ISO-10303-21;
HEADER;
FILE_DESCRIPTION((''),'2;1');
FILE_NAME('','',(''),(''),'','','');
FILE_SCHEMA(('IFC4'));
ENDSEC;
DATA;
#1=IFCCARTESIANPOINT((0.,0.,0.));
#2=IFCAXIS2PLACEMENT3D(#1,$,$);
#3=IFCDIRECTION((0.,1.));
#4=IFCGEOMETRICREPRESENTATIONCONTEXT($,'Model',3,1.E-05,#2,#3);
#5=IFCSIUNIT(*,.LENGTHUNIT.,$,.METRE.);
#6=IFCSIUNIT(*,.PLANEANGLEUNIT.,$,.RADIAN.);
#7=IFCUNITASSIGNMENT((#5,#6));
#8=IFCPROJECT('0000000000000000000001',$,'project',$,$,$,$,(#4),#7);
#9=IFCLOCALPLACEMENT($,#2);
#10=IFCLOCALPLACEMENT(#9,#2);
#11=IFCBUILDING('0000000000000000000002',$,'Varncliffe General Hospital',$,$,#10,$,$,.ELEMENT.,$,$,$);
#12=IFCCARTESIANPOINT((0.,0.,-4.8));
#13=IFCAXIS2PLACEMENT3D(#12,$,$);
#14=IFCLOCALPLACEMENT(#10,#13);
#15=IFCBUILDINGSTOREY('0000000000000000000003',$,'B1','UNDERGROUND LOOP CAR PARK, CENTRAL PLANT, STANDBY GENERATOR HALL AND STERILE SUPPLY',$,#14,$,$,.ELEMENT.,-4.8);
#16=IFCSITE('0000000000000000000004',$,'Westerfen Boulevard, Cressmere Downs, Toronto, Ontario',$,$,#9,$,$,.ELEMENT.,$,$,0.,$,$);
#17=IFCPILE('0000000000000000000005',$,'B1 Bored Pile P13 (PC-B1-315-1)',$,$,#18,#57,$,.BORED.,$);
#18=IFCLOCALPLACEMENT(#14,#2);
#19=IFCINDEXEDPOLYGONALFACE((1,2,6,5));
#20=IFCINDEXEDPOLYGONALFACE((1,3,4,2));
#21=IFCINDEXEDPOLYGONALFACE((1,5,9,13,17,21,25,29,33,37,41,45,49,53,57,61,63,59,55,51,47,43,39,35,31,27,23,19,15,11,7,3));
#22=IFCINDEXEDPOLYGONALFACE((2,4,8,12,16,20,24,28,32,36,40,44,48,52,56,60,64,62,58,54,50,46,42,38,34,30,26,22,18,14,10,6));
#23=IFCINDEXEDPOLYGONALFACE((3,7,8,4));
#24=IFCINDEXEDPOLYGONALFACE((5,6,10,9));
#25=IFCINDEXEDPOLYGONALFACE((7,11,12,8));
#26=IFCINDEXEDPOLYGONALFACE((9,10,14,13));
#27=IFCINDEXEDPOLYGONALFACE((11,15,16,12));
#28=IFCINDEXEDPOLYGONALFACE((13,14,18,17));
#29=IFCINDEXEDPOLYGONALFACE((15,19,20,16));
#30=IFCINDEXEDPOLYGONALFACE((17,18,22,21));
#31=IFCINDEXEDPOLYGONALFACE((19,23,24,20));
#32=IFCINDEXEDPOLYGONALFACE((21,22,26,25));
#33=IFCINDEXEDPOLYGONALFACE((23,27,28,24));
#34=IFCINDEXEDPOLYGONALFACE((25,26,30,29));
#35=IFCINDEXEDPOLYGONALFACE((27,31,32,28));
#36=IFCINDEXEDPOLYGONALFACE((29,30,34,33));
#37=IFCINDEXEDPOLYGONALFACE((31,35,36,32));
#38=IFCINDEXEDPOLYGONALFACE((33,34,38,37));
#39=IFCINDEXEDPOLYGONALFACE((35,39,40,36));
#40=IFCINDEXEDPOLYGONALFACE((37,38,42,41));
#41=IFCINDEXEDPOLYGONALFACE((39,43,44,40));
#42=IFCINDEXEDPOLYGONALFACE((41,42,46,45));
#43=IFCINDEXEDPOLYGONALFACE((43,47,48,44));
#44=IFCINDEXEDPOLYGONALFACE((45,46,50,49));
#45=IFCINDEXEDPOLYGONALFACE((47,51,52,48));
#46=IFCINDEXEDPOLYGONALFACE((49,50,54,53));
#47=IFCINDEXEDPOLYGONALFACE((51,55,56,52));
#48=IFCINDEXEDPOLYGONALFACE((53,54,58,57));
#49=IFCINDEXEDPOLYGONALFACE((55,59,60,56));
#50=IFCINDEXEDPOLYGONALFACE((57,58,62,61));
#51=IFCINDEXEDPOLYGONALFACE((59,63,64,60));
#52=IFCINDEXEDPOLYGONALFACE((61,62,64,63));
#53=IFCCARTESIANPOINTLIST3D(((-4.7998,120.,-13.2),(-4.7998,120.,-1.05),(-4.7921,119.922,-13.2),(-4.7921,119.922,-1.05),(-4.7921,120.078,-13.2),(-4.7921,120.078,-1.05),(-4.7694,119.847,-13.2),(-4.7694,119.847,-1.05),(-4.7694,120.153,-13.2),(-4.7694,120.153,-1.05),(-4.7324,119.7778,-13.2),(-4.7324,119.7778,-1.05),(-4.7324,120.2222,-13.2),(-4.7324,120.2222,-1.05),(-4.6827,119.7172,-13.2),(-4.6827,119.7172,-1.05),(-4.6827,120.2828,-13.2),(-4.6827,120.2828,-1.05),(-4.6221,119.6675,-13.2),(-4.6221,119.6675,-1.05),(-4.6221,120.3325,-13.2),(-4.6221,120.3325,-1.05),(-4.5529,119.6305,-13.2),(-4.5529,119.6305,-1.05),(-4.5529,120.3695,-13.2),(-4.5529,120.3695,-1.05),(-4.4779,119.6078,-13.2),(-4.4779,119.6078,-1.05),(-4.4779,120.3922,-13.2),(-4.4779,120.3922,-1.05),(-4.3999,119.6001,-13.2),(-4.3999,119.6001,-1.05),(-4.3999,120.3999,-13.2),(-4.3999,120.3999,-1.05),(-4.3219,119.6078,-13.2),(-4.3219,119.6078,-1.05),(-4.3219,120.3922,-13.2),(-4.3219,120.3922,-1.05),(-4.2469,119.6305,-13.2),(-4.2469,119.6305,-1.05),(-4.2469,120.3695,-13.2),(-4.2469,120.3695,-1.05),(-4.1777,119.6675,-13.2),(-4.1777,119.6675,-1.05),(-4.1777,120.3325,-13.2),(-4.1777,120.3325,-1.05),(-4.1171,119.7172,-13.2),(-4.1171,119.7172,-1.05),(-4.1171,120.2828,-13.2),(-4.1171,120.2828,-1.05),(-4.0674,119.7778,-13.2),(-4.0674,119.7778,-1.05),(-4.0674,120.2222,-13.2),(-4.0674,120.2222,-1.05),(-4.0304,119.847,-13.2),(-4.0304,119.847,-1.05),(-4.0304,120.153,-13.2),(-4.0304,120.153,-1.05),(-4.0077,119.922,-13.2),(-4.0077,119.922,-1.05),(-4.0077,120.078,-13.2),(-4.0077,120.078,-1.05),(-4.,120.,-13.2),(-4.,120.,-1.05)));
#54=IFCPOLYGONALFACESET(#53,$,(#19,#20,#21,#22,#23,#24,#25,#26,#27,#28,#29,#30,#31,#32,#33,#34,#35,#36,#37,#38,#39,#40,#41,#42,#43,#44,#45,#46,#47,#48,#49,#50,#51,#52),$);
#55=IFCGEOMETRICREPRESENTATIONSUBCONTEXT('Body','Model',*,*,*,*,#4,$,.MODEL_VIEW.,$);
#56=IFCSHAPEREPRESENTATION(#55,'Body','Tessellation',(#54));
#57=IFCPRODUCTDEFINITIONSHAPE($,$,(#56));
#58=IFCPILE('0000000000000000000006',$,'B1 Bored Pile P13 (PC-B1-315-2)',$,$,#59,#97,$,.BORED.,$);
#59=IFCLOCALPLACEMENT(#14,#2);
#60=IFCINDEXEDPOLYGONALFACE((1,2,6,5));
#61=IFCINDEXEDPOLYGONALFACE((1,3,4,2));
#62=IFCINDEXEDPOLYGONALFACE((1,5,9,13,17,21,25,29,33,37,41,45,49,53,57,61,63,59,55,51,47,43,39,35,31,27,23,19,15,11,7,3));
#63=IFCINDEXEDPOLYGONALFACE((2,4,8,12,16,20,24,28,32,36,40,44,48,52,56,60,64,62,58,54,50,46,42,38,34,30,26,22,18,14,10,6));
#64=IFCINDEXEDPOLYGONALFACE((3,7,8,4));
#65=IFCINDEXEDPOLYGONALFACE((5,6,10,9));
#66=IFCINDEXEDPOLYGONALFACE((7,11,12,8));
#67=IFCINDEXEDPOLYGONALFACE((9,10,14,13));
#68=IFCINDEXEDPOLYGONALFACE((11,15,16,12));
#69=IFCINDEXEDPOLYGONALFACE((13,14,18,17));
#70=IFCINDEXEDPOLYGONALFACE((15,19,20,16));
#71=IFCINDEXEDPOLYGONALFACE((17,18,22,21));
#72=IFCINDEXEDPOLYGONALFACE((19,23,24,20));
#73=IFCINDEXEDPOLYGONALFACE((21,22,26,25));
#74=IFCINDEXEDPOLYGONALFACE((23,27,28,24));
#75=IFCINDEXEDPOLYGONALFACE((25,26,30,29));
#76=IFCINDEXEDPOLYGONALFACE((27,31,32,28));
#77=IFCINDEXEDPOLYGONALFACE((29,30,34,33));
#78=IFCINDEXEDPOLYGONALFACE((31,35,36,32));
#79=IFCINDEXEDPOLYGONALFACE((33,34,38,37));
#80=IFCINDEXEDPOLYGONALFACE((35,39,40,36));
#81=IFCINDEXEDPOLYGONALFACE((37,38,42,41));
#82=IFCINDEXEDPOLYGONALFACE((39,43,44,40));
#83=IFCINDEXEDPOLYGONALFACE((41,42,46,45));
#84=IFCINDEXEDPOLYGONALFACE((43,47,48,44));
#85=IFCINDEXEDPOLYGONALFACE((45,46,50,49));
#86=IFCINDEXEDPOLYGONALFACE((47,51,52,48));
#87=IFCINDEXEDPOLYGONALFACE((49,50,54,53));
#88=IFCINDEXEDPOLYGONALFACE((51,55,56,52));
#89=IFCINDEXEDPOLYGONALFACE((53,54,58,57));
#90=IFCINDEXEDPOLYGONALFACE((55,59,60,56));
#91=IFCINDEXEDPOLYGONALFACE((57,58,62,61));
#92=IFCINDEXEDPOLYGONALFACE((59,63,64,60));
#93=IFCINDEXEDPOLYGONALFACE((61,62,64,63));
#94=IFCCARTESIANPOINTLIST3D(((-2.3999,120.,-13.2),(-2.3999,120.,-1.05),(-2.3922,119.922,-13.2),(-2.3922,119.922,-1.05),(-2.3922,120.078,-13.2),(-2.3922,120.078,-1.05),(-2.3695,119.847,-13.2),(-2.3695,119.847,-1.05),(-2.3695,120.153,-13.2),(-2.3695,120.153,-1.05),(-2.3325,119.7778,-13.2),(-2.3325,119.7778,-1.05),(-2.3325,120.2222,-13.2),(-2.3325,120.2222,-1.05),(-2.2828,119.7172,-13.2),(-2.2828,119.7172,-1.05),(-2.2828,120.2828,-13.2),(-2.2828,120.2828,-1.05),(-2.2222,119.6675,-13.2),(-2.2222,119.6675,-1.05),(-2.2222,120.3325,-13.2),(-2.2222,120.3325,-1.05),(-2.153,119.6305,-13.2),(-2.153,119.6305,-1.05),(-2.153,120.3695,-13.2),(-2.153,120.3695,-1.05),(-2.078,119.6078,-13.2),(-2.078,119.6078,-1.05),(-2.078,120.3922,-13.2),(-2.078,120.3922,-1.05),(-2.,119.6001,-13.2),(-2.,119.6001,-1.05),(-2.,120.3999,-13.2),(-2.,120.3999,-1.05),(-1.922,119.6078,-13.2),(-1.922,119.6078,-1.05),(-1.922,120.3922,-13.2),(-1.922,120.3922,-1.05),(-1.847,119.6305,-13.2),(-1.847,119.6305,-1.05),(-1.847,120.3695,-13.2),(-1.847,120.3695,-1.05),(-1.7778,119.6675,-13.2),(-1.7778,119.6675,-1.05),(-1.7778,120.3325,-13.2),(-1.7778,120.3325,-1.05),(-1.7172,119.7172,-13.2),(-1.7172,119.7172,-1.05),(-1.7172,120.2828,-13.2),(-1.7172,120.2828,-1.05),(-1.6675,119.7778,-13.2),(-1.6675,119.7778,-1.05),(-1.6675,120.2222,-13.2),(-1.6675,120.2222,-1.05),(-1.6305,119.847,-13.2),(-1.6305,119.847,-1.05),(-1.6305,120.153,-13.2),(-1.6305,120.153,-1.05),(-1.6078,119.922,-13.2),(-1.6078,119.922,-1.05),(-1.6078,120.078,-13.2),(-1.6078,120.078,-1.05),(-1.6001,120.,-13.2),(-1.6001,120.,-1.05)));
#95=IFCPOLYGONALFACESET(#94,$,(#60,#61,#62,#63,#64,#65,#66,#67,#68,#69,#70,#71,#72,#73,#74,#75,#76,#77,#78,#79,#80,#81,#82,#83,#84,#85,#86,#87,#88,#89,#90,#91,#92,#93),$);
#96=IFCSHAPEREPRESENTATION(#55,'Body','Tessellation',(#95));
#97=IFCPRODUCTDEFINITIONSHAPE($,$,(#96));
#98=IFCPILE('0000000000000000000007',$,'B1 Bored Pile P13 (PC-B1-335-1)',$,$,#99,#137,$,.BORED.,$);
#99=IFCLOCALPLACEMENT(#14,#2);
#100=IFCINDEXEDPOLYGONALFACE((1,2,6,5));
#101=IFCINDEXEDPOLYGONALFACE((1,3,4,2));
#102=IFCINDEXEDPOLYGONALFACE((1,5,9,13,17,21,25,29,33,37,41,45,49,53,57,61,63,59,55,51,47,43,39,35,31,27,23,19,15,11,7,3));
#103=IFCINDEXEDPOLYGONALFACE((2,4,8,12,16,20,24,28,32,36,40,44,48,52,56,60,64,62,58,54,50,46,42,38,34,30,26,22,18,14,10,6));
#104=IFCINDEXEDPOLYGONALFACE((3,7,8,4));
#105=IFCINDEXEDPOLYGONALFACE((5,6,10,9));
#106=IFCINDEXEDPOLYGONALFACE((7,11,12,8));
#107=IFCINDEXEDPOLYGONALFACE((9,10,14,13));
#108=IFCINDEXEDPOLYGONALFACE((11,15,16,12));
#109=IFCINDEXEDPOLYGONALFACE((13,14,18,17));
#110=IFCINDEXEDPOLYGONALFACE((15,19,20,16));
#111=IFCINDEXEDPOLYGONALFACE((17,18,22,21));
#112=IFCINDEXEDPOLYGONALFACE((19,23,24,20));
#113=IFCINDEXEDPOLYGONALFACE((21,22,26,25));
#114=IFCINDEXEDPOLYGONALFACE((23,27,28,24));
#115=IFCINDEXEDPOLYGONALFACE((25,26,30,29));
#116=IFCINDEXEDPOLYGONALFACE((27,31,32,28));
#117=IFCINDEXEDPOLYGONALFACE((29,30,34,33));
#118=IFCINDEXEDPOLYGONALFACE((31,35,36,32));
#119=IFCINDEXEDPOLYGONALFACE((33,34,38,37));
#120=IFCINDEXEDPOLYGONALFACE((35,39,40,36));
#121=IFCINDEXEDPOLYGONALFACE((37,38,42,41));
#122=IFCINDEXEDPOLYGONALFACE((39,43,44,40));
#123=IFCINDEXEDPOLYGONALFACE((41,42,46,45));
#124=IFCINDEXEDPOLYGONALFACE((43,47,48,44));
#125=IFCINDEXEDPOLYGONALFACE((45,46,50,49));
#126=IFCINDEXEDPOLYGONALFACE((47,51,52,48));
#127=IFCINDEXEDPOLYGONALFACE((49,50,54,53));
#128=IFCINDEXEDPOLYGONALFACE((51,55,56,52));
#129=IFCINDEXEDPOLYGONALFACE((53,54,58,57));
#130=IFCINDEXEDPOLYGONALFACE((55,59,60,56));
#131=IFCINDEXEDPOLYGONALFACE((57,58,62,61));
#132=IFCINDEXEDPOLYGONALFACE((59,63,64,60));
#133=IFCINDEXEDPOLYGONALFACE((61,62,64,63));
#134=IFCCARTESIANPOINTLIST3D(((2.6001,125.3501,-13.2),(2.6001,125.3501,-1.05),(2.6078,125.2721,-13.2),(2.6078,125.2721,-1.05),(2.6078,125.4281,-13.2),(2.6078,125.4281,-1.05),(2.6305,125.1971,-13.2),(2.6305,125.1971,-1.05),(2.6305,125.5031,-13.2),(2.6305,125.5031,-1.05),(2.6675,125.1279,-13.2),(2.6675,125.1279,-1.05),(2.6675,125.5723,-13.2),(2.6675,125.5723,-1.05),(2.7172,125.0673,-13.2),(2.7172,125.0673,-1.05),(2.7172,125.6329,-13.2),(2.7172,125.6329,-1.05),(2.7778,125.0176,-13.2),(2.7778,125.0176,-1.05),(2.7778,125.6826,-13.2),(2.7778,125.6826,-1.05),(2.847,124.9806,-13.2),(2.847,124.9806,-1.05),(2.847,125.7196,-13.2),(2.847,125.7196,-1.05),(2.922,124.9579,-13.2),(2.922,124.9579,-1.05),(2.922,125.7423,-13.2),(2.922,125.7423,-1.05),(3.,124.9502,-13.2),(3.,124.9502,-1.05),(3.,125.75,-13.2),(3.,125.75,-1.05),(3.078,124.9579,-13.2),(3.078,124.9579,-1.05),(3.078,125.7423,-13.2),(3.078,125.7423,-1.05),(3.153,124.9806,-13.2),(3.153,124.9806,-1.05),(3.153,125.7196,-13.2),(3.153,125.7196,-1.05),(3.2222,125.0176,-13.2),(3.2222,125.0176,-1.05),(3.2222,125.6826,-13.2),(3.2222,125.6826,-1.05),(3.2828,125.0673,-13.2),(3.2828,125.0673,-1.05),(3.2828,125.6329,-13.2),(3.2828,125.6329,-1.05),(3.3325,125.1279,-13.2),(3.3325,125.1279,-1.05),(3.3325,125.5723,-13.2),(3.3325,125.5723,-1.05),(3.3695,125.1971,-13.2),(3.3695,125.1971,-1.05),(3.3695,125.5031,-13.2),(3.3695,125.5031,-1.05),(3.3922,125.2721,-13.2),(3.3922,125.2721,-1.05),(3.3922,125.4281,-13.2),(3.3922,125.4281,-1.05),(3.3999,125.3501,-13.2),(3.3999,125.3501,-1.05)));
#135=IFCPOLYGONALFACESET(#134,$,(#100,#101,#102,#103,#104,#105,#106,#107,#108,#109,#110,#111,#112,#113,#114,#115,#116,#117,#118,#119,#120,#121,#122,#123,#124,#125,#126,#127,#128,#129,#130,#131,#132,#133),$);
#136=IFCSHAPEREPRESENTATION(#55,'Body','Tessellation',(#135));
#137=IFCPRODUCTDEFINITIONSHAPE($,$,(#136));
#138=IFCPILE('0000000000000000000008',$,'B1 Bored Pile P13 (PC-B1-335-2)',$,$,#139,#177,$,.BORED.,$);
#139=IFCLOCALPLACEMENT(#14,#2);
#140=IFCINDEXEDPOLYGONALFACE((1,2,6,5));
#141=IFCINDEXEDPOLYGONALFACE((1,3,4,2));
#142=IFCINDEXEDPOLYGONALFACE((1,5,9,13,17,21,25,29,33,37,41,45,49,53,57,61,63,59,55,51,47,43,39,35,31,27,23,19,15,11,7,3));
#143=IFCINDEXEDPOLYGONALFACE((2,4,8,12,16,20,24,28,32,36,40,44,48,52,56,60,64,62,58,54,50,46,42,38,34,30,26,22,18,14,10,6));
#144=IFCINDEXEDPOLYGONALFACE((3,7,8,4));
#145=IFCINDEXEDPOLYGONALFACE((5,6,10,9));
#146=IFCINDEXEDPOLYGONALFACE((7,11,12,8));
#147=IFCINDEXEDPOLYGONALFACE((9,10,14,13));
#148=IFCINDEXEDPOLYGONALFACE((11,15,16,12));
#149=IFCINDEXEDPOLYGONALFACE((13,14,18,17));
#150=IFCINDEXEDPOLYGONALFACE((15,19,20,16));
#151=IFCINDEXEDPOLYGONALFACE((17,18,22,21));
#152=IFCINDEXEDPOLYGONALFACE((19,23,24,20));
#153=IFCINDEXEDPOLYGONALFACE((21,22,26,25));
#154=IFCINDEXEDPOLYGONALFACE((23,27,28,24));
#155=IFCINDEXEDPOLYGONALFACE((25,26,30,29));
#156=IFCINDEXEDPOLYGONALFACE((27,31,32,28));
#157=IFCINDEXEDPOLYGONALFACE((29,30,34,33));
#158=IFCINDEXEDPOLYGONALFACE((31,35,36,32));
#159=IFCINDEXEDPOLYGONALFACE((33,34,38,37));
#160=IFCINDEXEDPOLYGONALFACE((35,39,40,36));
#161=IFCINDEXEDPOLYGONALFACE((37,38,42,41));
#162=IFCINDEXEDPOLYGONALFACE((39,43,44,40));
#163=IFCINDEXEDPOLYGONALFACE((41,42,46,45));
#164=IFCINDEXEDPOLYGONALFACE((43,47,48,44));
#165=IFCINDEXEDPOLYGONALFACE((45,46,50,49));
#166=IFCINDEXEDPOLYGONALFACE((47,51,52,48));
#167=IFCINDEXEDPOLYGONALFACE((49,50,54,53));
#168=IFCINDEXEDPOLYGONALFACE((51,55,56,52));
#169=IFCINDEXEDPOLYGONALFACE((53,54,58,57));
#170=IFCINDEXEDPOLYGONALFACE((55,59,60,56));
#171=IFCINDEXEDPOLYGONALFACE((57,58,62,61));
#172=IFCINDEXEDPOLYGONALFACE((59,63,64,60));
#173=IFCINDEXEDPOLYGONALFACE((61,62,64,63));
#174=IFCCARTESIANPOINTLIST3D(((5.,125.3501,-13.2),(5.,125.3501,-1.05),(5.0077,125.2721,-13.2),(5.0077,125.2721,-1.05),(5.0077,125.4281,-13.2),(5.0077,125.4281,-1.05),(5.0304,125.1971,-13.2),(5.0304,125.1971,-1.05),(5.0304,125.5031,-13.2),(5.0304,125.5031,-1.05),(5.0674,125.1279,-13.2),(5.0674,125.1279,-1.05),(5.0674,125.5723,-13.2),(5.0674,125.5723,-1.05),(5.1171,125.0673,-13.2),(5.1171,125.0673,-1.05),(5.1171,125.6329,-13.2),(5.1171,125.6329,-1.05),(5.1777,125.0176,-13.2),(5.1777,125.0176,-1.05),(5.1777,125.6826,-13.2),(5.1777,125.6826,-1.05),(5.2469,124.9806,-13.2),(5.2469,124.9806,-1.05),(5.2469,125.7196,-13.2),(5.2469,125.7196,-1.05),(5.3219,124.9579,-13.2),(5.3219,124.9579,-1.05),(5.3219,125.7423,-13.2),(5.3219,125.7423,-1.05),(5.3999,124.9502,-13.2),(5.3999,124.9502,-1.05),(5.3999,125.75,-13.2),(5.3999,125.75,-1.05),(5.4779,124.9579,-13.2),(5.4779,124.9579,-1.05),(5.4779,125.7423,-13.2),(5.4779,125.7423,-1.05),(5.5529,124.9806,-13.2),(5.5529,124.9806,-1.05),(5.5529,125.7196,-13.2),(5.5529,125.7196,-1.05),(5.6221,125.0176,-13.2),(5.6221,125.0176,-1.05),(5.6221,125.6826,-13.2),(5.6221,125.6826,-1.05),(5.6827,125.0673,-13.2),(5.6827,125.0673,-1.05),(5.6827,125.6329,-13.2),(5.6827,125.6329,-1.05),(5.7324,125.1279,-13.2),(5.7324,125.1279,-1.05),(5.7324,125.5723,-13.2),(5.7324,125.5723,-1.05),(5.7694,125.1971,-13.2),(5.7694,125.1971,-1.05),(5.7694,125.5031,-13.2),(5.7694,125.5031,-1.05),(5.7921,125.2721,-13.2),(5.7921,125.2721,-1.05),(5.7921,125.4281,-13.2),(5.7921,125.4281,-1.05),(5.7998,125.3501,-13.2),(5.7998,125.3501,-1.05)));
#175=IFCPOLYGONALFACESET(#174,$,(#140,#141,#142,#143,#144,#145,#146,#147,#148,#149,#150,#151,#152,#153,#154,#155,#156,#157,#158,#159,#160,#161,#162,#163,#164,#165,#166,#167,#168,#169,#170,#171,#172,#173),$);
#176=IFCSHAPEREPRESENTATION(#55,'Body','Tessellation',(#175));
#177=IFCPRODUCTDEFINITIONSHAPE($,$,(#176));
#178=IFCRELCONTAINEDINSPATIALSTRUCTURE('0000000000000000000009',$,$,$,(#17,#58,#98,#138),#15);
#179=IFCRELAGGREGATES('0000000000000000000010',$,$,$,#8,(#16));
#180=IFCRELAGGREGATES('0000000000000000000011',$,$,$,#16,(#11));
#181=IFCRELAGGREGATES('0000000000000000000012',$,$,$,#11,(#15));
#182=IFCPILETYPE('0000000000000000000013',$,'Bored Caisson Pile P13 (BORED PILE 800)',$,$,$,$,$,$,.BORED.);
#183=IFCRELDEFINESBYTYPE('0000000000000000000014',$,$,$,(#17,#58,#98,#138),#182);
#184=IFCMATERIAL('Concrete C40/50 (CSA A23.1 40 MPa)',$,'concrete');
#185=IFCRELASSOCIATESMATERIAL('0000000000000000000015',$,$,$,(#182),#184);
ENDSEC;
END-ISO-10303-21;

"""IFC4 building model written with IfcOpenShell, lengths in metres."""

from ifc_helpers import new_model, si_unit, direction, frame, origin, origin_2d, place, context, subcontext, project, spatial, circle, extrude, material, material_profile, profile_set, type_object, element, save


model = new_model("IFC4")

# Units and contexts
model_context = context("Model", 3, precision=1e-05, world=origin(), true_north=direction((0.0, 1.0)))
body_context = subcontext(model_context, "Body", "Model", "MODEL_VIEW")
ifc_project = project(units=[si_unit("LENGTHUNIT", "METRE"), si_unit("PLANEANGLEUNIT", "RADIAN")], contexts=[model_context])

# Site, building, storey
site_placement = place(None, origin())
site = spatial("IfcSite", under=ifc_project, at=site_placement, Name="Westerfen Boulevard, Cressmere Downs, Toronto, Ontario", CompositionType="ELEMENT", RefElevation=0.0)
building_placement = place(site_placement, origin())
building = spatial("IfcBuilding", under=site, at=building_placement, Name="Varncliffe General Hospital", CompositionType="ELEMENT")
storey_placement = place(building_placement, frame((0.0, 0.0, -4.8)))
storey = spatial("IfcBuildingStorey", under=building, at=storey_placement, Name="B1", Description="UNDERGROUND LOOP CAR PARK, CENTRAL PLANT, STANDBY GENERATOR HALL AND STERILE SUPPLY", CompositionType="ELEMENT", Elevation=-4.8)

# Piles
ifc_material_1 = material(Name="Concrete C40/50 (CSA A23.1 40 MPa)", Category="concrete")
ifc_material_profile_1 = material_profile(ifc_material_1, circle(Radius=0.3999, at=origin_2d()), Name="BORED PILE 800")
ifc_profile_set_1 = profile_set([ifc_material_profile_1], Name="Concrete C40/50 (CSA A23.1 40 MPa)")
pile_type_1 = type_object("IfcPileType", Name="Bored Caisson Pile P13 (BORED PILE 800)", PredefinedType="BORED", material=ifc_profile_set_1)
for number, where, z_axis, x_axis, name in (
    (1, (-4.3999, 120.0, -1.05), (0.0, 0.0, -1.0), (1.0, 0.0, 0.0), "B1 Bored Pile P13 (PC-B1-315-1)"),
    (2, (-2.0, 120.0, -1.05), (0.0, 0.0, -1.0), (1.0, 0.0, 0.0), "B1 Bored Pile P13 (PC-B1-315-2)"),
    (3, (3.0, 125.3501, -1.05), (0.0, 0.0, -1.0), (1.0, 0.0, 0.0), "B1 Bored Pile P13 (PC-B1-335-1)"),
    (4, (5.3999, 125.3501, -1.05), (0.0, 0.0, -1.0), (1.0, 0.0, 0.0), "B1 Bored Pile P13 (PC-B1-335-2)"),
):
    element("IfcPile", number, at=place(storey_placement, frame(where, z_axis=z_axis, x_axis=x_axis)), inside=storey, type_object=pile_type_1, Name=name, PredefinedType="BORED", context=body_context, shape_type="SweptSolid", body=[
        extrude(circle(Radius=0.3999, at=origin_2d()), origin(), (0.0, 0.0, 1.0), 12.1499),
    ])

save(model, "model.ifc")
